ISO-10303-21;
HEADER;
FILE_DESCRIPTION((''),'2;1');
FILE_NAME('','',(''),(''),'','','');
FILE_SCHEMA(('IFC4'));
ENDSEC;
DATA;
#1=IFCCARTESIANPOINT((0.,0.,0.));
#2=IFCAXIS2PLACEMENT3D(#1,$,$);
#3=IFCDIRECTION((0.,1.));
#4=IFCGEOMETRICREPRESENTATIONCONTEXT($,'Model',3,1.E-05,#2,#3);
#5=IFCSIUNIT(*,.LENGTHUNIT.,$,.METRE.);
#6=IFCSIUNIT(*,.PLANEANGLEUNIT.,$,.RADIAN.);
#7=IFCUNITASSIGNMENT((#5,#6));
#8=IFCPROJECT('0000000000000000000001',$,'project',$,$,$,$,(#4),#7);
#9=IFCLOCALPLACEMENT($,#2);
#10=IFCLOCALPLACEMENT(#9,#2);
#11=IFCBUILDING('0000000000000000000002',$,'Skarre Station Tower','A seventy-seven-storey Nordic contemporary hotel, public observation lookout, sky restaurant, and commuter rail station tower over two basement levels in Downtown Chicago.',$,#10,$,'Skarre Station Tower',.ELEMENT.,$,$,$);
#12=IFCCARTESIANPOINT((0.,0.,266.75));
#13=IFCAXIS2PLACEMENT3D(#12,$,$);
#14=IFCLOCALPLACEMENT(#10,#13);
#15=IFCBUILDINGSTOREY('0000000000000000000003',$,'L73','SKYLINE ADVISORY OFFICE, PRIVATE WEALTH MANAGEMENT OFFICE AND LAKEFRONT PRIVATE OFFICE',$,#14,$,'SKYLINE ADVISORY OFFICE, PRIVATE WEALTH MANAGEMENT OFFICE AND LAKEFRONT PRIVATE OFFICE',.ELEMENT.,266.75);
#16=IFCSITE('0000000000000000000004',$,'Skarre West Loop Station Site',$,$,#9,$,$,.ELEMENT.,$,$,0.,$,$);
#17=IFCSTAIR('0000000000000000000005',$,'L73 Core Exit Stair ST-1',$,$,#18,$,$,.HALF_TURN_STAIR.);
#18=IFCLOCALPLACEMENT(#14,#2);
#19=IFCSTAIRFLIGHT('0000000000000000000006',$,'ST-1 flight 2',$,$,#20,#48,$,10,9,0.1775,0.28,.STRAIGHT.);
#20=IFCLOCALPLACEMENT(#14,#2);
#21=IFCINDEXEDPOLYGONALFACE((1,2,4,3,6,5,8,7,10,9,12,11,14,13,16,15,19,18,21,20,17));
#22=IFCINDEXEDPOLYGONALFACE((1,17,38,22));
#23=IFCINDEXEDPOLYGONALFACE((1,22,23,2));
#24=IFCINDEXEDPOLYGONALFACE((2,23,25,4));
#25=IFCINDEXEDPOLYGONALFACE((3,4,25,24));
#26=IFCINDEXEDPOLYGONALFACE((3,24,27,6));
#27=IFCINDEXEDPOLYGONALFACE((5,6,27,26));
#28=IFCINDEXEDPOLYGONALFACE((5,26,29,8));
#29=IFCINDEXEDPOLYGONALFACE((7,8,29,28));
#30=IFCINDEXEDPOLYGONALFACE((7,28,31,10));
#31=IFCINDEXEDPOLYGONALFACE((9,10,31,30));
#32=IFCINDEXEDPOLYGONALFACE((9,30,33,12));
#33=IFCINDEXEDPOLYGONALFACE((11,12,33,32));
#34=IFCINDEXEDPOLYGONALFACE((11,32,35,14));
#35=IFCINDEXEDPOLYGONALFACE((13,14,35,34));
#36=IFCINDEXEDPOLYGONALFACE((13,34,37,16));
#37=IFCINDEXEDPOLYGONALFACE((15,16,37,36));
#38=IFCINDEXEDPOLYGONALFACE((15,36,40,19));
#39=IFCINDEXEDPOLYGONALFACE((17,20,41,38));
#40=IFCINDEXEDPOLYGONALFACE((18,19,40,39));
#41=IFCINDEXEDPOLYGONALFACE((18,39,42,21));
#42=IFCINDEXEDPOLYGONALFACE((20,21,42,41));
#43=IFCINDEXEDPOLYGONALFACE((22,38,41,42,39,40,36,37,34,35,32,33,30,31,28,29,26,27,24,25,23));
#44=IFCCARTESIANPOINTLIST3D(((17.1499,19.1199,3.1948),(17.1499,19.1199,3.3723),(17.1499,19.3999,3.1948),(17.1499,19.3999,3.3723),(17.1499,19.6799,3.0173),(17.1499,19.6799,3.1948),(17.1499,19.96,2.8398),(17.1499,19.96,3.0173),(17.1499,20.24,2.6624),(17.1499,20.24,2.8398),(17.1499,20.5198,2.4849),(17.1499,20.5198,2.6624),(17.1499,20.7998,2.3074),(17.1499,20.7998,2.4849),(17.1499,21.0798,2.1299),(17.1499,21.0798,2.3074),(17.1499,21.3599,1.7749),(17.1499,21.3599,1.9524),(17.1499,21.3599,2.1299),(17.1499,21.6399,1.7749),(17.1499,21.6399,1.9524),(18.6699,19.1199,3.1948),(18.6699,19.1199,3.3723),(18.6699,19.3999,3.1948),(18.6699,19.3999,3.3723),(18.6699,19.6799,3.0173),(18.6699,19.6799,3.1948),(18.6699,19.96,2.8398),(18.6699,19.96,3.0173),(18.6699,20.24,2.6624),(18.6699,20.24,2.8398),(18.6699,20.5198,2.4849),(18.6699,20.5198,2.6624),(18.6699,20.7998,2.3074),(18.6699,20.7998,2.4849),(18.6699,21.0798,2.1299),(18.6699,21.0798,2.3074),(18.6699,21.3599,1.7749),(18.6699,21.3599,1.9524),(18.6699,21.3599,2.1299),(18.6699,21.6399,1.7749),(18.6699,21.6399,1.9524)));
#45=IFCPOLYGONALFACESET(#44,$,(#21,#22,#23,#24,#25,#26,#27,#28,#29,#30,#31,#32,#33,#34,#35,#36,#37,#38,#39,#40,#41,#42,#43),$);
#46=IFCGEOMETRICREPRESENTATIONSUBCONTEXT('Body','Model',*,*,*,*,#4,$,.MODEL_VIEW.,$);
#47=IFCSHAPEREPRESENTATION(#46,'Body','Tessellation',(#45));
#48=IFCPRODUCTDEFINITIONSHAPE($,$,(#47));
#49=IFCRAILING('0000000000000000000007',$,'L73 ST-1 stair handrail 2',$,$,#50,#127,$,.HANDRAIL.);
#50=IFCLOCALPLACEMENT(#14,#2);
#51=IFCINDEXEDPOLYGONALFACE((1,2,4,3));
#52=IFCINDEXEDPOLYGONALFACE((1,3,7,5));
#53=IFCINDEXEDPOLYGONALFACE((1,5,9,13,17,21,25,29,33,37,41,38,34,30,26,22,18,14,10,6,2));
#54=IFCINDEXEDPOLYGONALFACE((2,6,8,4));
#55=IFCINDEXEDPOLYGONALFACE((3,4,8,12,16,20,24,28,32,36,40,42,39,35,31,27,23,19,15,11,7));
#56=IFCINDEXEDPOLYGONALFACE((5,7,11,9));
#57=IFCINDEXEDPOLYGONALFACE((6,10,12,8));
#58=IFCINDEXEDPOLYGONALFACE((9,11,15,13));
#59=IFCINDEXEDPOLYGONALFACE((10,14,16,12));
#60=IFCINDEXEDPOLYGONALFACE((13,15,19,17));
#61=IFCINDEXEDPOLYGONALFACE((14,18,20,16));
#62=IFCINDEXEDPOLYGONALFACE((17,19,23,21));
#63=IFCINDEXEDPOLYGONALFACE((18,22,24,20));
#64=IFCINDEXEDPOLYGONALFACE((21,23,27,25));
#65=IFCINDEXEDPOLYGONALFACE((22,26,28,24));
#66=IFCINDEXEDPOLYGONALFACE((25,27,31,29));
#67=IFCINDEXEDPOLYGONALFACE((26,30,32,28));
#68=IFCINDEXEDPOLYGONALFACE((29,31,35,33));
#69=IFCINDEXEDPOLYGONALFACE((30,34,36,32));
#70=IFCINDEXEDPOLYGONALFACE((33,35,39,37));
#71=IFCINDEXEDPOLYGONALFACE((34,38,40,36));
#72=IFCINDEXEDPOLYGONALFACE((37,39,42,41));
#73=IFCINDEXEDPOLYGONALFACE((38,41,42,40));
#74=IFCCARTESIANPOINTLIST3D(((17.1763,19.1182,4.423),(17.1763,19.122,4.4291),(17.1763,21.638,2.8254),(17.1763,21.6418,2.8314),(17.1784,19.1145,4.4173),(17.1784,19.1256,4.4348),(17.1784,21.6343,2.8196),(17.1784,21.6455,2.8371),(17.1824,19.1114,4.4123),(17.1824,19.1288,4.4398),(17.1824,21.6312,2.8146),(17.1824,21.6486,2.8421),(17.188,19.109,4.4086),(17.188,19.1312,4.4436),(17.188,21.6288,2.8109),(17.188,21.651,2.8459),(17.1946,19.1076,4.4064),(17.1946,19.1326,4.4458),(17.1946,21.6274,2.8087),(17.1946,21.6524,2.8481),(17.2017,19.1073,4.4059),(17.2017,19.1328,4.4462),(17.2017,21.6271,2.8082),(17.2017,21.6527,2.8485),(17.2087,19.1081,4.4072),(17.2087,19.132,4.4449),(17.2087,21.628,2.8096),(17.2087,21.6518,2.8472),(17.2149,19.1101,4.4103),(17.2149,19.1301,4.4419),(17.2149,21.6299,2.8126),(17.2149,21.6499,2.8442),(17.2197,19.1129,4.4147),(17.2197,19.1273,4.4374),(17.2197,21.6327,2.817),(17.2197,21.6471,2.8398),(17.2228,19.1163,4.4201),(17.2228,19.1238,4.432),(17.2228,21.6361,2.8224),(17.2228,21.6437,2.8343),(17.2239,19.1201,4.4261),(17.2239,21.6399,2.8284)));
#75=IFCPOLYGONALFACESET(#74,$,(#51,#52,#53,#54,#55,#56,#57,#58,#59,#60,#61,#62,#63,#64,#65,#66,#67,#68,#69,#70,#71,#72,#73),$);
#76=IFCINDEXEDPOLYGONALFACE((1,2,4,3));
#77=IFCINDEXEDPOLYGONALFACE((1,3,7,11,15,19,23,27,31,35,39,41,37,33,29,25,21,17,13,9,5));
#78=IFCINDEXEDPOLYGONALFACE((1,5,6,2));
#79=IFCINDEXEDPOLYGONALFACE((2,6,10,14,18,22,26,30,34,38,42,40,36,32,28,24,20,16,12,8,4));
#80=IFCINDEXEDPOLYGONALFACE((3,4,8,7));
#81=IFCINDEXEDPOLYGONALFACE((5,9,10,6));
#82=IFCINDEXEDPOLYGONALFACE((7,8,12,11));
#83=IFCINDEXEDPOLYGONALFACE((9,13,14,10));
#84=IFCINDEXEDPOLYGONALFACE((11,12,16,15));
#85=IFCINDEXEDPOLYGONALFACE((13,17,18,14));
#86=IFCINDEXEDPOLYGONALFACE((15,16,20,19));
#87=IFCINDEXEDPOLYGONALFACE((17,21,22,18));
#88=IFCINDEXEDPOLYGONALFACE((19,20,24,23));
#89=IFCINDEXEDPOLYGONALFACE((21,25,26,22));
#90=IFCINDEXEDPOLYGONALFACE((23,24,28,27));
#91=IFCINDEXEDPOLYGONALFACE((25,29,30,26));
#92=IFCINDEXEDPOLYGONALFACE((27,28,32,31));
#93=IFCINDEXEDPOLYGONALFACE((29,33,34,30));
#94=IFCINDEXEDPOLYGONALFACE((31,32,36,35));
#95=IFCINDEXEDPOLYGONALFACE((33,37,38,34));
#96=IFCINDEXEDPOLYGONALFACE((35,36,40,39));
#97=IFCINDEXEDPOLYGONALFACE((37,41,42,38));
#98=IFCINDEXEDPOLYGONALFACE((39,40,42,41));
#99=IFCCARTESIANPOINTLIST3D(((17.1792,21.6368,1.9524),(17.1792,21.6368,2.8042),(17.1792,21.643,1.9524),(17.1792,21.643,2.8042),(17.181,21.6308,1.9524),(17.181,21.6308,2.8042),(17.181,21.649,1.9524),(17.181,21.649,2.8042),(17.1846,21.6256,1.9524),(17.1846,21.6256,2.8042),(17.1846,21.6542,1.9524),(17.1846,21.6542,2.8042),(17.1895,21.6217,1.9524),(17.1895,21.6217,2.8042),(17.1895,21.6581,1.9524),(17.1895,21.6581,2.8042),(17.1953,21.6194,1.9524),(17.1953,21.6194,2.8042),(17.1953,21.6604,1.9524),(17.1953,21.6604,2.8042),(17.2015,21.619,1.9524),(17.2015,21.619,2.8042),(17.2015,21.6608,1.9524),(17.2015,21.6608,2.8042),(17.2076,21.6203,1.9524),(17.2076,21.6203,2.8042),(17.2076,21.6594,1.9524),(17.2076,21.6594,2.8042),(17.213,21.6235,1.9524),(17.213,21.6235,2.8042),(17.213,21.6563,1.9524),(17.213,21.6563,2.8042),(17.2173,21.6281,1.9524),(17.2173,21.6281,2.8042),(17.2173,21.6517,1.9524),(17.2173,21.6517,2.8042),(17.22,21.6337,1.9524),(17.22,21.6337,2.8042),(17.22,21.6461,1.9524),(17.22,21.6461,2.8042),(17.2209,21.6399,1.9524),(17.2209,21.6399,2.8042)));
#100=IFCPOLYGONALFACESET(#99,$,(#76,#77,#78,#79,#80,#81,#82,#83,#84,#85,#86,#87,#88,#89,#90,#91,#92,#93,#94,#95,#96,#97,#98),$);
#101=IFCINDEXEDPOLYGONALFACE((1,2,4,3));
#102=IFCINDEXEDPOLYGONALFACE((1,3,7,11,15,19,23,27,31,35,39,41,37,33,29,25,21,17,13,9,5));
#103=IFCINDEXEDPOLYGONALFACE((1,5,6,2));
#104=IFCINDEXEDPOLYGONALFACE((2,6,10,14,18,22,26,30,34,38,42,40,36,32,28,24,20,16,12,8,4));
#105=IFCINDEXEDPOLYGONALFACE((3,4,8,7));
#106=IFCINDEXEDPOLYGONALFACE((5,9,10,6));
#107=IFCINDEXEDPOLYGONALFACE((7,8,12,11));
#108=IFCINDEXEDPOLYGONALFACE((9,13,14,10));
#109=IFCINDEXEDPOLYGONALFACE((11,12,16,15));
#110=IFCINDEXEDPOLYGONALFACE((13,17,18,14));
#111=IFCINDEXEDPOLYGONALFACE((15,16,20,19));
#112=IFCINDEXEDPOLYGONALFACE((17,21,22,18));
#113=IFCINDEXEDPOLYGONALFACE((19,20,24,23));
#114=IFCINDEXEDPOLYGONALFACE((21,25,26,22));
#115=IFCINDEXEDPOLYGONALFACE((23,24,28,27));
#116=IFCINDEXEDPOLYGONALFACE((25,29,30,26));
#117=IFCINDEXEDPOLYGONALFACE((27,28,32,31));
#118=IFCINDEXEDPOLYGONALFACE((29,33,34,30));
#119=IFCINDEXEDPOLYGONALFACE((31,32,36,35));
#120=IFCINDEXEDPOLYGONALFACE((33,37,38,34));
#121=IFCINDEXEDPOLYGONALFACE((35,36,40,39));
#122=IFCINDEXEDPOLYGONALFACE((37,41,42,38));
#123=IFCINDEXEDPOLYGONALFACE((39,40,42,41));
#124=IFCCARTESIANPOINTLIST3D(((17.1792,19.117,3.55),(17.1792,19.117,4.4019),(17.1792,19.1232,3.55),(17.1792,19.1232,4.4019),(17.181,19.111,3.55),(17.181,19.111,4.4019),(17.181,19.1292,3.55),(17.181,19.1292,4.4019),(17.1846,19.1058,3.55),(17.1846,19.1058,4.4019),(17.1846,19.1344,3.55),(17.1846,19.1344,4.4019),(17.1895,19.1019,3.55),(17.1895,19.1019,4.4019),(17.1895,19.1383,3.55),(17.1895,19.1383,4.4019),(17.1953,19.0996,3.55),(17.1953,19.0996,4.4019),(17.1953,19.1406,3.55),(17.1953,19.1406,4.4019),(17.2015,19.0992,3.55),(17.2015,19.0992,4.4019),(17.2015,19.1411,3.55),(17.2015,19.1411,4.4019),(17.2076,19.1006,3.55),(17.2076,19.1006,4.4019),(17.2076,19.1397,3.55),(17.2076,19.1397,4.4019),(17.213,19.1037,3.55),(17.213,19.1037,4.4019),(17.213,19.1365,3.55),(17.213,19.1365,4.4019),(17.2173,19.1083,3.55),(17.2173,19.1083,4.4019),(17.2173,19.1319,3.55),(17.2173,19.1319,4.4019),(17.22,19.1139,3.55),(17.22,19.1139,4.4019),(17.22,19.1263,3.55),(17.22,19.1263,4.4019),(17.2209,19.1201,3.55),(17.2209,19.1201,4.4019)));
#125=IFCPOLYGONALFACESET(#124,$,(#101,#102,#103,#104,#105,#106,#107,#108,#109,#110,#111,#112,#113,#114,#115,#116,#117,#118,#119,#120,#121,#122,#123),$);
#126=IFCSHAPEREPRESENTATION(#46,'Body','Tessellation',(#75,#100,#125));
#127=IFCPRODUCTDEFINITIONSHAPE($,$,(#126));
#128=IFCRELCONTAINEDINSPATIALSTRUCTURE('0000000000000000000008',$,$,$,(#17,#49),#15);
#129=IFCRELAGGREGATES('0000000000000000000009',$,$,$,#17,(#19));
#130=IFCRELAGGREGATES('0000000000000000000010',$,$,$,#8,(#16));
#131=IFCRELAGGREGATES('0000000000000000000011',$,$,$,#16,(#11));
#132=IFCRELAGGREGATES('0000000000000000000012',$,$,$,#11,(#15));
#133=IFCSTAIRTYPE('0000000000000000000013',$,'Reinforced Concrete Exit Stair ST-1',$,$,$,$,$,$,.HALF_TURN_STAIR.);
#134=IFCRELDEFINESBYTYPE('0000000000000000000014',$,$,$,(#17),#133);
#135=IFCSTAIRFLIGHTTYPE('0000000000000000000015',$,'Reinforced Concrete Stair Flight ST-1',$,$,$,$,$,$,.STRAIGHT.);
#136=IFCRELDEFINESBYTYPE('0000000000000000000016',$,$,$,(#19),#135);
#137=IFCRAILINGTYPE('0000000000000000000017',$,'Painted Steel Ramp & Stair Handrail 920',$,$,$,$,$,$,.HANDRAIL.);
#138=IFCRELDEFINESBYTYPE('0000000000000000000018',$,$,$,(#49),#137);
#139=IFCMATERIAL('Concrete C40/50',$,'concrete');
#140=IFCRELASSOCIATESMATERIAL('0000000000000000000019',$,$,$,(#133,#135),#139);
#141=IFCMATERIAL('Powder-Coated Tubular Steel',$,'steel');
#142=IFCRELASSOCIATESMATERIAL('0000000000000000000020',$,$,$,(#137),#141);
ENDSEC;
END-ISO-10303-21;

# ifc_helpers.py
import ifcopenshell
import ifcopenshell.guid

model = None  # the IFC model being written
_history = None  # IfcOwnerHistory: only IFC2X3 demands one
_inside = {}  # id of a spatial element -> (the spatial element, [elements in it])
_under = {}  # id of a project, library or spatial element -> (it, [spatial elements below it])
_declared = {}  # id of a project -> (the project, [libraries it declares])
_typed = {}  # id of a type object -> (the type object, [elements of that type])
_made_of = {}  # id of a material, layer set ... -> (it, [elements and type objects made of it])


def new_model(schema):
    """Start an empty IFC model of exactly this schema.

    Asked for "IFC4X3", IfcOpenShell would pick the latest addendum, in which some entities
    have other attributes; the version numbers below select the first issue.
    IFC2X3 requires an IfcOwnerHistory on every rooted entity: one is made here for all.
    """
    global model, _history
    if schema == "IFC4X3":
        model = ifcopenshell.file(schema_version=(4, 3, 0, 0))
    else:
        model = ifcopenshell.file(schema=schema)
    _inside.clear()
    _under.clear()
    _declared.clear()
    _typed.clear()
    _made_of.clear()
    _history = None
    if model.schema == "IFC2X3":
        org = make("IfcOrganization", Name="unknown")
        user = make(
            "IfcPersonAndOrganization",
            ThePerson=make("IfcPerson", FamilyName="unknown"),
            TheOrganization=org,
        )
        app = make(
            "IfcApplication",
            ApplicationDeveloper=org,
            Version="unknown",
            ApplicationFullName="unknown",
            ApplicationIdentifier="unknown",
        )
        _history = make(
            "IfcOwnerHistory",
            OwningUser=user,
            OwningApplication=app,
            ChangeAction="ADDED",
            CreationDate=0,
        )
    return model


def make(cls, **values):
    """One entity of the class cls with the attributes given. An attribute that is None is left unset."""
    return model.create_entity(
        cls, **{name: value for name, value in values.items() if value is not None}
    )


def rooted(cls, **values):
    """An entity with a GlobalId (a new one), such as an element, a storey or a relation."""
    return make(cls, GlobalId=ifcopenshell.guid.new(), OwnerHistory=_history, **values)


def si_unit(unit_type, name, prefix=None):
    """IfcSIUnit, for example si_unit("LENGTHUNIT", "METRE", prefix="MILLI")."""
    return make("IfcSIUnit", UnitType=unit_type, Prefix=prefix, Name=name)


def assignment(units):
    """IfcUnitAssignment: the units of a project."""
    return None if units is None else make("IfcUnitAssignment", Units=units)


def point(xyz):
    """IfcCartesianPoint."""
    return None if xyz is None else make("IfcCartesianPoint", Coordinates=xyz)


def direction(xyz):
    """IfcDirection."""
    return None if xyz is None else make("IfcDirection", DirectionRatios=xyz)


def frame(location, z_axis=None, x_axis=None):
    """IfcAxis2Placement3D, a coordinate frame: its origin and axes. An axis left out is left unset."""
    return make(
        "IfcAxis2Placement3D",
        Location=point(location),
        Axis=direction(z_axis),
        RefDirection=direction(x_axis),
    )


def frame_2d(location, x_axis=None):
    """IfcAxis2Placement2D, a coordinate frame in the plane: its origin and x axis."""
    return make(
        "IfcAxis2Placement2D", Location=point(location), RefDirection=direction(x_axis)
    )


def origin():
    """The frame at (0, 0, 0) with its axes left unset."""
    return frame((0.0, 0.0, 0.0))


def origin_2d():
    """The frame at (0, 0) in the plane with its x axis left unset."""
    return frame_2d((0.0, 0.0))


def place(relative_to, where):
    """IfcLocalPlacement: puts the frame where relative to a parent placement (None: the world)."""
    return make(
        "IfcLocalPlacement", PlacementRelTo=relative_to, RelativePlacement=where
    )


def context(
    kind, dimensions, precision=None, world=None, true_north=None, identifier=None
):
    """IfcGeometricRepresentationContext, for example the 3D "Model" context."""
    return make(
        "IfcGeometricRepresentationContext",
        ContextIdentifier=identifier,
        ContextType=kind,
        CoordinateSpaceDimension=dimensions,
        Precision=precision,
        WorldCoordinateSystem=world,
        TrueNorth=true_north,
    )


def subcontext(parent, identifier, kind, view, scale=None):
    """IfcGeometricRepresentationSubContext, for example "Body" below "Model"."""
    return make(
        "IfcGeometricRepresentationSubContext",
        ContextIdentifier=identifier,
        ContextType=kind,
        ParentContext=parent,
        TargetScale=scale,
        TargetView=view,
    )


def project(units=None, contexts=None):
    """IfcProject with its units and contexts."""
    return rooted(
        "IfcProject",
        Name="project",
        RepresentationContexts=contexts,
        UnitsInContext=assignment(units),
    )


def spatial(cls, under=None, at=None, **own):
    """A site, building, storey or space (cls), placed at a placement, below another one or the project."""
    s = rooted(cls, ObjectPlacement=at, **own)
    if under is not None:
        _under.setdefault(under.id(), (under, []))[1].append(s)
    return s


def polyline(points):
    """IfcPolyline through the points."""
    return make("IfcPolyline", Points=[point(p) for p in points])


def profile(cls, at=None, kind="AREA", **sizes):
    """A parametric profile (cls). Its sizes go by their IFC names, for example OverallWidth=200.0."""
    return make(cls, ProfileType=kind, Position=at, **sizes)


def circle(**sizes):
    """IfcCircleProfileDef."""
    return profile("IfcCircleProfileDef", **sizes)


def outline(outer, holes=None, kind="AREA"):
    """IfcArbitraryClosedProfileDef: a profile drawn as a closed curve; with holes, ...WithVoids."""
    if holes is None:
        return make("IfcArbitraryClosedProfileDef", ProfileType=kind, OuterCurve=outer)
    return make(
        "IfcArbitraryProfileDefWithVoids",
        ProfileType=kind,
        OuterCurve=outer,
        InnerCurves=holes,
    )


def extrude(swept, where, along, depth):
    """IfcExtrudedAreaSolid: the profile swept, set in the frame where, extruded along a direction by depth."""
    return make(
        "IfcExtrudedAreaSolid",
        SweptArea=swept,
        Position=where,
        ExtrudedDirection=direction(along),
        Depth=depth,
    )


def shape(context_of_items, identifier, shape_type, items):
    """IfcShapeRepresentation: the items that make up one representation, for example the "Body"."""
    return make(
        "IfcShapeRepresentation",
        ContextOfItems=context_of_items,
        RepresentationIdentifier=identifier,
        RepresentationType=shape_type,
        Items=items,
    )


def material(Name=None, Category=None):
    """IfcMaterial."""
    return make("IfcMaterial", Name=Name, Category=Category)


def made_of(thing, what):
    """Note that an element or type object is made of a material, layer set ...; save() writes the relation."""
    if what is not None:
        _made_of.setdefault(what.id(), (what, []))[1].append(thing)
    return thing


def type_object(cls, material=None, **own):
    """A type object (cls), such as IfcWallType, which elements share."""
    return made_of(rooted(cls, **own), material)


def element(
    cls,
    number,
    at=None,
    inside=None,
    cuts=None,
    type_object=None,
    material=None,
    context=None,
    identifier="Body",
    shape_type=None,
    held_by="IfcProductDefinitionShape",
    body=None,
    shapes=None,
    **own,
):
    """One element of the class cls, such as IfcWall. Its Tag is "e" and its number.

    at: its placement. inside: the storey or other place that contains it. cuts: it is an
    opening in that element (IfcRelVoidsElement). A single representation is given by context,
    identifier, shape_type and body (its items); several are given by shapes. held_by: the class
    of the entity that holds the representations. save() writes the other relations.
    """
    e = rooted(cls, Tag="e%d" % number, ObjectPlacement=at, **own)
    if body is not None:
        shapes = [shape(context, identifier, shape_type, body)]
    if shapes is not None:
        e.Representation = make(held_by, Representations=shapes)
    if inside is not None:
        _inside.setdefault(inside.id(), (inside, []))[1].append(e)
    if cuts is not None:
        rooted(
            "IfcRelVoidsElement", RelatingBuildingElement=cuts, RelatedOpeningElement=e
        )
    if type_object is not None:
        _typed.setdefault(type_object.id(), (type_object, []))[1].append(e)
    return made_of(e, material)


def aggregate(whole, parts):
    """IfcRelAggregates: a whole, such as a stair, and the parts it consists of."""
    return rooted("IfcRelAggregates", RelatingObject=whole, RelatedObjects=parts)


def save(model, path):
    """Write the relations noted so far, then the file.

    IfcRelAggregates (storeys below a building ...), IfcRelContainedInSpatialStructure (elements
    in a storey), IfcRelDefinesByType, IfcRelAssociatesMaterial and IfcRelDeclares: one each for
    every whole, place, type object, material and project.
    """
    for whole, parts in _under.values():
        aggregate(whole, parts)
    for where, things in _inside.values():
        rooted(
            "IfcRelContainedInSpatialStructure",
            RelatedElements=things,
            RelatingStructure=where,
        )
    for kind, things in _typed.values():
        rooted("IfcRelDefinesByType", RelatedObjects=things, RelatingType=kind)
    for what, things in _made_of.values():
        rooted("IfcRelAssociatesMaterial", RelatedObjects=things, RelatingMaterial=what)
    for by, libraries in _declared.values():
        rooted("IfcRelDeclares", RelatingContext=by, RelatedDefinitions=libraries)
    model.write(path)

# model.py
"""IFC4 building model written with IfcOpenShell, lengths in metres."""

from ifc_helpers import new_model, si_unit, direction, frame, origin, origin_2d, place, context, subcontext, project, spatial, polyline, circle, outline, extrude, material, type_object, element, aggregate, save


model = new_model("IFC4")

# Units and contexts
model_context = context("Model", 3, precision=1e-05, world=origin(), true_north=direction((0.0, 1.0)))
body_context = subcontext(model_context, "Body", "Model", "MODEL_VIEW")
ifc_project = project(units=[si_unit("LENGTHUNIT", "METRE"), si_unit("PLANEANGLEUNIT", "RADIAN")], contexts=[model_context])

# Site, building, storey
site_placement = place(None, origin())
site = spatial("IfcSite", under=ifc_project, at=site_placement, Name="Skarre West Loop Station Site", CompositionType="ELEMENT", RefElevation=0.0)
building_placement = place(site_placement, origin())
building = spatial("IfcBuilding", under=site, at=building_placement, Name="Skarre Station Tower", Description="A seventy-seven-storey Nordic contemporary hotel, public observation lookout, sky restaurant, and commuter rail station tower over two basement levels in Downtown Chicago.", LongName="Skarre Station Tower", CompositionType="ELEMENT")
storey_placement = place(building_placement, frame((0.0, 0.0, 266.75)))
storey = spatial("IfcBuildingStorey", under=building, at=storey_placement, Name="L73", Description="SKYLINE ADVISORY OFFICE, PRIVATE WEALTH MANAGEMENT OFFICE AND LAKEFRONT PRIVATE OFFICE", LongName="SKYLINE ADVISORY OFFICE, PRIVATE WEALTH MANAGEMENT OFFICE AND LAKEFRONT PRIVATE OFFICE", CompositionType="ELEMENT", Elevation=266.75)

# Stair, stair flight
ifc_material_1 = material(Name="Concrete C40/50", Category="concrete")
stair_type = type_object("IfcStairType", Name="Reinforced Concrete Exit Stair ST-1", PredefinedType="HALF_TURN_STAIR", material=ifc_material_1)
stair_placement = place(storey_placement, origin())
stair = element("IfcStair", 1, at=stair_placement, inside=storey, type_object=stair_type, Name="L73 Core Exit Stair ST-1", PredefinedType="HALF_TURN_STAIR")
stair_flight_type = type_object("IfcStairFlightType", Name="Reinforced Concrete Stair Flight ST-1", PredefinedType="STRAIGHT", material=ifc_material_1)
stair_flight_placement = place(storey_placement, frame((17.9099, 21.6399, 1.7749), z_axis=(0.0, 0.0, 1.0), x_axis=(0.0, -1.0, 0.0)))
stair_flight = element("IfcStairFlight", 2, at=stair_flight_placement, type_object=stair_flight_type, Name="ST-1 flight 2", NumberOfRisers=10, NumberOfTreads=9, PredefinedType="STRAIGHT", RiserHeight=0.1775, TreadLength=0.28, context=body_context, shape_type="SweptSolid", body=[
    extrude(outline(polyline([(0.0, 0.0), (0.0, 0.1775), (0.28, 0.1775), (0.28, 0.355), (0.5601, 0.355), (0.5601, 0.5325), (0.8401, 0.5325), (0.8401, 0.71), (1.1201, 0.71), (1.1201, 0.8875), (1.3999, 0.8875), (1.3999, 1.0649), (1.6799, 1.0649), (1.6799, 1.2424), (1.96, 1.2424), (1.96, 1.4199), (2.24, 1.4199), (2.24, 1.5974), (2.52, 1.5974), (2.52, 1.7749), (2.52, 1.4199), (0.28, 0.0), (0.0, 0.0)])), frame((0.0, 0.76, 0.0), z_axis=(0.0, -1.0, 0.0), x_axis=(1.0, 0.0, 0.0)), (0.0, 0.0, 1.0), 1.52),
])
aggregate(stair, [stair_flight])

# Railing
ifc_material_2 = material(Name="Powder-Coated Tubular Steel", Category="steel")
railing_type_1 = type_object("IfcRailingType", Name="Painted Steel Ramp & Stair Handrail 920", PredefinedType="HANDRAIL", material=ifc_material_2)
railing_1_placement = place(storey_placement, frame((17.2, 21.6399, 1.9524)))
element("IfcRailing", 3, at=railing_1_placement, inside=storey, type_object=railing_type_1, Name="L73 ST-1 stair handrail 2", PredefinedType="HANDRAIL", context=body_context, shape_type="SweptSolid", body=[
    extrude(circle(Radius=0.0239, at=origin_2d()), frame((0.0, 0.0, 0.876), z_axis=(0.0, -0.844546, 0.535482), x_axis=(1.0, 0.0, 0.0)), (0.0, 0.0, 1.0), 2.9836),
    extrude(circle(Radius=0.021, at=origin_2d()), origin(), (0.0, 0.0, 1.0), 0.8518),
    extrude(circle(Radius=0.021, at=origin_2d()), frame((0.0, -2.5198, 1.5977)), (0.0, 0.0, 1.0), 0.8518),
])

save(model, "model.ifc")
